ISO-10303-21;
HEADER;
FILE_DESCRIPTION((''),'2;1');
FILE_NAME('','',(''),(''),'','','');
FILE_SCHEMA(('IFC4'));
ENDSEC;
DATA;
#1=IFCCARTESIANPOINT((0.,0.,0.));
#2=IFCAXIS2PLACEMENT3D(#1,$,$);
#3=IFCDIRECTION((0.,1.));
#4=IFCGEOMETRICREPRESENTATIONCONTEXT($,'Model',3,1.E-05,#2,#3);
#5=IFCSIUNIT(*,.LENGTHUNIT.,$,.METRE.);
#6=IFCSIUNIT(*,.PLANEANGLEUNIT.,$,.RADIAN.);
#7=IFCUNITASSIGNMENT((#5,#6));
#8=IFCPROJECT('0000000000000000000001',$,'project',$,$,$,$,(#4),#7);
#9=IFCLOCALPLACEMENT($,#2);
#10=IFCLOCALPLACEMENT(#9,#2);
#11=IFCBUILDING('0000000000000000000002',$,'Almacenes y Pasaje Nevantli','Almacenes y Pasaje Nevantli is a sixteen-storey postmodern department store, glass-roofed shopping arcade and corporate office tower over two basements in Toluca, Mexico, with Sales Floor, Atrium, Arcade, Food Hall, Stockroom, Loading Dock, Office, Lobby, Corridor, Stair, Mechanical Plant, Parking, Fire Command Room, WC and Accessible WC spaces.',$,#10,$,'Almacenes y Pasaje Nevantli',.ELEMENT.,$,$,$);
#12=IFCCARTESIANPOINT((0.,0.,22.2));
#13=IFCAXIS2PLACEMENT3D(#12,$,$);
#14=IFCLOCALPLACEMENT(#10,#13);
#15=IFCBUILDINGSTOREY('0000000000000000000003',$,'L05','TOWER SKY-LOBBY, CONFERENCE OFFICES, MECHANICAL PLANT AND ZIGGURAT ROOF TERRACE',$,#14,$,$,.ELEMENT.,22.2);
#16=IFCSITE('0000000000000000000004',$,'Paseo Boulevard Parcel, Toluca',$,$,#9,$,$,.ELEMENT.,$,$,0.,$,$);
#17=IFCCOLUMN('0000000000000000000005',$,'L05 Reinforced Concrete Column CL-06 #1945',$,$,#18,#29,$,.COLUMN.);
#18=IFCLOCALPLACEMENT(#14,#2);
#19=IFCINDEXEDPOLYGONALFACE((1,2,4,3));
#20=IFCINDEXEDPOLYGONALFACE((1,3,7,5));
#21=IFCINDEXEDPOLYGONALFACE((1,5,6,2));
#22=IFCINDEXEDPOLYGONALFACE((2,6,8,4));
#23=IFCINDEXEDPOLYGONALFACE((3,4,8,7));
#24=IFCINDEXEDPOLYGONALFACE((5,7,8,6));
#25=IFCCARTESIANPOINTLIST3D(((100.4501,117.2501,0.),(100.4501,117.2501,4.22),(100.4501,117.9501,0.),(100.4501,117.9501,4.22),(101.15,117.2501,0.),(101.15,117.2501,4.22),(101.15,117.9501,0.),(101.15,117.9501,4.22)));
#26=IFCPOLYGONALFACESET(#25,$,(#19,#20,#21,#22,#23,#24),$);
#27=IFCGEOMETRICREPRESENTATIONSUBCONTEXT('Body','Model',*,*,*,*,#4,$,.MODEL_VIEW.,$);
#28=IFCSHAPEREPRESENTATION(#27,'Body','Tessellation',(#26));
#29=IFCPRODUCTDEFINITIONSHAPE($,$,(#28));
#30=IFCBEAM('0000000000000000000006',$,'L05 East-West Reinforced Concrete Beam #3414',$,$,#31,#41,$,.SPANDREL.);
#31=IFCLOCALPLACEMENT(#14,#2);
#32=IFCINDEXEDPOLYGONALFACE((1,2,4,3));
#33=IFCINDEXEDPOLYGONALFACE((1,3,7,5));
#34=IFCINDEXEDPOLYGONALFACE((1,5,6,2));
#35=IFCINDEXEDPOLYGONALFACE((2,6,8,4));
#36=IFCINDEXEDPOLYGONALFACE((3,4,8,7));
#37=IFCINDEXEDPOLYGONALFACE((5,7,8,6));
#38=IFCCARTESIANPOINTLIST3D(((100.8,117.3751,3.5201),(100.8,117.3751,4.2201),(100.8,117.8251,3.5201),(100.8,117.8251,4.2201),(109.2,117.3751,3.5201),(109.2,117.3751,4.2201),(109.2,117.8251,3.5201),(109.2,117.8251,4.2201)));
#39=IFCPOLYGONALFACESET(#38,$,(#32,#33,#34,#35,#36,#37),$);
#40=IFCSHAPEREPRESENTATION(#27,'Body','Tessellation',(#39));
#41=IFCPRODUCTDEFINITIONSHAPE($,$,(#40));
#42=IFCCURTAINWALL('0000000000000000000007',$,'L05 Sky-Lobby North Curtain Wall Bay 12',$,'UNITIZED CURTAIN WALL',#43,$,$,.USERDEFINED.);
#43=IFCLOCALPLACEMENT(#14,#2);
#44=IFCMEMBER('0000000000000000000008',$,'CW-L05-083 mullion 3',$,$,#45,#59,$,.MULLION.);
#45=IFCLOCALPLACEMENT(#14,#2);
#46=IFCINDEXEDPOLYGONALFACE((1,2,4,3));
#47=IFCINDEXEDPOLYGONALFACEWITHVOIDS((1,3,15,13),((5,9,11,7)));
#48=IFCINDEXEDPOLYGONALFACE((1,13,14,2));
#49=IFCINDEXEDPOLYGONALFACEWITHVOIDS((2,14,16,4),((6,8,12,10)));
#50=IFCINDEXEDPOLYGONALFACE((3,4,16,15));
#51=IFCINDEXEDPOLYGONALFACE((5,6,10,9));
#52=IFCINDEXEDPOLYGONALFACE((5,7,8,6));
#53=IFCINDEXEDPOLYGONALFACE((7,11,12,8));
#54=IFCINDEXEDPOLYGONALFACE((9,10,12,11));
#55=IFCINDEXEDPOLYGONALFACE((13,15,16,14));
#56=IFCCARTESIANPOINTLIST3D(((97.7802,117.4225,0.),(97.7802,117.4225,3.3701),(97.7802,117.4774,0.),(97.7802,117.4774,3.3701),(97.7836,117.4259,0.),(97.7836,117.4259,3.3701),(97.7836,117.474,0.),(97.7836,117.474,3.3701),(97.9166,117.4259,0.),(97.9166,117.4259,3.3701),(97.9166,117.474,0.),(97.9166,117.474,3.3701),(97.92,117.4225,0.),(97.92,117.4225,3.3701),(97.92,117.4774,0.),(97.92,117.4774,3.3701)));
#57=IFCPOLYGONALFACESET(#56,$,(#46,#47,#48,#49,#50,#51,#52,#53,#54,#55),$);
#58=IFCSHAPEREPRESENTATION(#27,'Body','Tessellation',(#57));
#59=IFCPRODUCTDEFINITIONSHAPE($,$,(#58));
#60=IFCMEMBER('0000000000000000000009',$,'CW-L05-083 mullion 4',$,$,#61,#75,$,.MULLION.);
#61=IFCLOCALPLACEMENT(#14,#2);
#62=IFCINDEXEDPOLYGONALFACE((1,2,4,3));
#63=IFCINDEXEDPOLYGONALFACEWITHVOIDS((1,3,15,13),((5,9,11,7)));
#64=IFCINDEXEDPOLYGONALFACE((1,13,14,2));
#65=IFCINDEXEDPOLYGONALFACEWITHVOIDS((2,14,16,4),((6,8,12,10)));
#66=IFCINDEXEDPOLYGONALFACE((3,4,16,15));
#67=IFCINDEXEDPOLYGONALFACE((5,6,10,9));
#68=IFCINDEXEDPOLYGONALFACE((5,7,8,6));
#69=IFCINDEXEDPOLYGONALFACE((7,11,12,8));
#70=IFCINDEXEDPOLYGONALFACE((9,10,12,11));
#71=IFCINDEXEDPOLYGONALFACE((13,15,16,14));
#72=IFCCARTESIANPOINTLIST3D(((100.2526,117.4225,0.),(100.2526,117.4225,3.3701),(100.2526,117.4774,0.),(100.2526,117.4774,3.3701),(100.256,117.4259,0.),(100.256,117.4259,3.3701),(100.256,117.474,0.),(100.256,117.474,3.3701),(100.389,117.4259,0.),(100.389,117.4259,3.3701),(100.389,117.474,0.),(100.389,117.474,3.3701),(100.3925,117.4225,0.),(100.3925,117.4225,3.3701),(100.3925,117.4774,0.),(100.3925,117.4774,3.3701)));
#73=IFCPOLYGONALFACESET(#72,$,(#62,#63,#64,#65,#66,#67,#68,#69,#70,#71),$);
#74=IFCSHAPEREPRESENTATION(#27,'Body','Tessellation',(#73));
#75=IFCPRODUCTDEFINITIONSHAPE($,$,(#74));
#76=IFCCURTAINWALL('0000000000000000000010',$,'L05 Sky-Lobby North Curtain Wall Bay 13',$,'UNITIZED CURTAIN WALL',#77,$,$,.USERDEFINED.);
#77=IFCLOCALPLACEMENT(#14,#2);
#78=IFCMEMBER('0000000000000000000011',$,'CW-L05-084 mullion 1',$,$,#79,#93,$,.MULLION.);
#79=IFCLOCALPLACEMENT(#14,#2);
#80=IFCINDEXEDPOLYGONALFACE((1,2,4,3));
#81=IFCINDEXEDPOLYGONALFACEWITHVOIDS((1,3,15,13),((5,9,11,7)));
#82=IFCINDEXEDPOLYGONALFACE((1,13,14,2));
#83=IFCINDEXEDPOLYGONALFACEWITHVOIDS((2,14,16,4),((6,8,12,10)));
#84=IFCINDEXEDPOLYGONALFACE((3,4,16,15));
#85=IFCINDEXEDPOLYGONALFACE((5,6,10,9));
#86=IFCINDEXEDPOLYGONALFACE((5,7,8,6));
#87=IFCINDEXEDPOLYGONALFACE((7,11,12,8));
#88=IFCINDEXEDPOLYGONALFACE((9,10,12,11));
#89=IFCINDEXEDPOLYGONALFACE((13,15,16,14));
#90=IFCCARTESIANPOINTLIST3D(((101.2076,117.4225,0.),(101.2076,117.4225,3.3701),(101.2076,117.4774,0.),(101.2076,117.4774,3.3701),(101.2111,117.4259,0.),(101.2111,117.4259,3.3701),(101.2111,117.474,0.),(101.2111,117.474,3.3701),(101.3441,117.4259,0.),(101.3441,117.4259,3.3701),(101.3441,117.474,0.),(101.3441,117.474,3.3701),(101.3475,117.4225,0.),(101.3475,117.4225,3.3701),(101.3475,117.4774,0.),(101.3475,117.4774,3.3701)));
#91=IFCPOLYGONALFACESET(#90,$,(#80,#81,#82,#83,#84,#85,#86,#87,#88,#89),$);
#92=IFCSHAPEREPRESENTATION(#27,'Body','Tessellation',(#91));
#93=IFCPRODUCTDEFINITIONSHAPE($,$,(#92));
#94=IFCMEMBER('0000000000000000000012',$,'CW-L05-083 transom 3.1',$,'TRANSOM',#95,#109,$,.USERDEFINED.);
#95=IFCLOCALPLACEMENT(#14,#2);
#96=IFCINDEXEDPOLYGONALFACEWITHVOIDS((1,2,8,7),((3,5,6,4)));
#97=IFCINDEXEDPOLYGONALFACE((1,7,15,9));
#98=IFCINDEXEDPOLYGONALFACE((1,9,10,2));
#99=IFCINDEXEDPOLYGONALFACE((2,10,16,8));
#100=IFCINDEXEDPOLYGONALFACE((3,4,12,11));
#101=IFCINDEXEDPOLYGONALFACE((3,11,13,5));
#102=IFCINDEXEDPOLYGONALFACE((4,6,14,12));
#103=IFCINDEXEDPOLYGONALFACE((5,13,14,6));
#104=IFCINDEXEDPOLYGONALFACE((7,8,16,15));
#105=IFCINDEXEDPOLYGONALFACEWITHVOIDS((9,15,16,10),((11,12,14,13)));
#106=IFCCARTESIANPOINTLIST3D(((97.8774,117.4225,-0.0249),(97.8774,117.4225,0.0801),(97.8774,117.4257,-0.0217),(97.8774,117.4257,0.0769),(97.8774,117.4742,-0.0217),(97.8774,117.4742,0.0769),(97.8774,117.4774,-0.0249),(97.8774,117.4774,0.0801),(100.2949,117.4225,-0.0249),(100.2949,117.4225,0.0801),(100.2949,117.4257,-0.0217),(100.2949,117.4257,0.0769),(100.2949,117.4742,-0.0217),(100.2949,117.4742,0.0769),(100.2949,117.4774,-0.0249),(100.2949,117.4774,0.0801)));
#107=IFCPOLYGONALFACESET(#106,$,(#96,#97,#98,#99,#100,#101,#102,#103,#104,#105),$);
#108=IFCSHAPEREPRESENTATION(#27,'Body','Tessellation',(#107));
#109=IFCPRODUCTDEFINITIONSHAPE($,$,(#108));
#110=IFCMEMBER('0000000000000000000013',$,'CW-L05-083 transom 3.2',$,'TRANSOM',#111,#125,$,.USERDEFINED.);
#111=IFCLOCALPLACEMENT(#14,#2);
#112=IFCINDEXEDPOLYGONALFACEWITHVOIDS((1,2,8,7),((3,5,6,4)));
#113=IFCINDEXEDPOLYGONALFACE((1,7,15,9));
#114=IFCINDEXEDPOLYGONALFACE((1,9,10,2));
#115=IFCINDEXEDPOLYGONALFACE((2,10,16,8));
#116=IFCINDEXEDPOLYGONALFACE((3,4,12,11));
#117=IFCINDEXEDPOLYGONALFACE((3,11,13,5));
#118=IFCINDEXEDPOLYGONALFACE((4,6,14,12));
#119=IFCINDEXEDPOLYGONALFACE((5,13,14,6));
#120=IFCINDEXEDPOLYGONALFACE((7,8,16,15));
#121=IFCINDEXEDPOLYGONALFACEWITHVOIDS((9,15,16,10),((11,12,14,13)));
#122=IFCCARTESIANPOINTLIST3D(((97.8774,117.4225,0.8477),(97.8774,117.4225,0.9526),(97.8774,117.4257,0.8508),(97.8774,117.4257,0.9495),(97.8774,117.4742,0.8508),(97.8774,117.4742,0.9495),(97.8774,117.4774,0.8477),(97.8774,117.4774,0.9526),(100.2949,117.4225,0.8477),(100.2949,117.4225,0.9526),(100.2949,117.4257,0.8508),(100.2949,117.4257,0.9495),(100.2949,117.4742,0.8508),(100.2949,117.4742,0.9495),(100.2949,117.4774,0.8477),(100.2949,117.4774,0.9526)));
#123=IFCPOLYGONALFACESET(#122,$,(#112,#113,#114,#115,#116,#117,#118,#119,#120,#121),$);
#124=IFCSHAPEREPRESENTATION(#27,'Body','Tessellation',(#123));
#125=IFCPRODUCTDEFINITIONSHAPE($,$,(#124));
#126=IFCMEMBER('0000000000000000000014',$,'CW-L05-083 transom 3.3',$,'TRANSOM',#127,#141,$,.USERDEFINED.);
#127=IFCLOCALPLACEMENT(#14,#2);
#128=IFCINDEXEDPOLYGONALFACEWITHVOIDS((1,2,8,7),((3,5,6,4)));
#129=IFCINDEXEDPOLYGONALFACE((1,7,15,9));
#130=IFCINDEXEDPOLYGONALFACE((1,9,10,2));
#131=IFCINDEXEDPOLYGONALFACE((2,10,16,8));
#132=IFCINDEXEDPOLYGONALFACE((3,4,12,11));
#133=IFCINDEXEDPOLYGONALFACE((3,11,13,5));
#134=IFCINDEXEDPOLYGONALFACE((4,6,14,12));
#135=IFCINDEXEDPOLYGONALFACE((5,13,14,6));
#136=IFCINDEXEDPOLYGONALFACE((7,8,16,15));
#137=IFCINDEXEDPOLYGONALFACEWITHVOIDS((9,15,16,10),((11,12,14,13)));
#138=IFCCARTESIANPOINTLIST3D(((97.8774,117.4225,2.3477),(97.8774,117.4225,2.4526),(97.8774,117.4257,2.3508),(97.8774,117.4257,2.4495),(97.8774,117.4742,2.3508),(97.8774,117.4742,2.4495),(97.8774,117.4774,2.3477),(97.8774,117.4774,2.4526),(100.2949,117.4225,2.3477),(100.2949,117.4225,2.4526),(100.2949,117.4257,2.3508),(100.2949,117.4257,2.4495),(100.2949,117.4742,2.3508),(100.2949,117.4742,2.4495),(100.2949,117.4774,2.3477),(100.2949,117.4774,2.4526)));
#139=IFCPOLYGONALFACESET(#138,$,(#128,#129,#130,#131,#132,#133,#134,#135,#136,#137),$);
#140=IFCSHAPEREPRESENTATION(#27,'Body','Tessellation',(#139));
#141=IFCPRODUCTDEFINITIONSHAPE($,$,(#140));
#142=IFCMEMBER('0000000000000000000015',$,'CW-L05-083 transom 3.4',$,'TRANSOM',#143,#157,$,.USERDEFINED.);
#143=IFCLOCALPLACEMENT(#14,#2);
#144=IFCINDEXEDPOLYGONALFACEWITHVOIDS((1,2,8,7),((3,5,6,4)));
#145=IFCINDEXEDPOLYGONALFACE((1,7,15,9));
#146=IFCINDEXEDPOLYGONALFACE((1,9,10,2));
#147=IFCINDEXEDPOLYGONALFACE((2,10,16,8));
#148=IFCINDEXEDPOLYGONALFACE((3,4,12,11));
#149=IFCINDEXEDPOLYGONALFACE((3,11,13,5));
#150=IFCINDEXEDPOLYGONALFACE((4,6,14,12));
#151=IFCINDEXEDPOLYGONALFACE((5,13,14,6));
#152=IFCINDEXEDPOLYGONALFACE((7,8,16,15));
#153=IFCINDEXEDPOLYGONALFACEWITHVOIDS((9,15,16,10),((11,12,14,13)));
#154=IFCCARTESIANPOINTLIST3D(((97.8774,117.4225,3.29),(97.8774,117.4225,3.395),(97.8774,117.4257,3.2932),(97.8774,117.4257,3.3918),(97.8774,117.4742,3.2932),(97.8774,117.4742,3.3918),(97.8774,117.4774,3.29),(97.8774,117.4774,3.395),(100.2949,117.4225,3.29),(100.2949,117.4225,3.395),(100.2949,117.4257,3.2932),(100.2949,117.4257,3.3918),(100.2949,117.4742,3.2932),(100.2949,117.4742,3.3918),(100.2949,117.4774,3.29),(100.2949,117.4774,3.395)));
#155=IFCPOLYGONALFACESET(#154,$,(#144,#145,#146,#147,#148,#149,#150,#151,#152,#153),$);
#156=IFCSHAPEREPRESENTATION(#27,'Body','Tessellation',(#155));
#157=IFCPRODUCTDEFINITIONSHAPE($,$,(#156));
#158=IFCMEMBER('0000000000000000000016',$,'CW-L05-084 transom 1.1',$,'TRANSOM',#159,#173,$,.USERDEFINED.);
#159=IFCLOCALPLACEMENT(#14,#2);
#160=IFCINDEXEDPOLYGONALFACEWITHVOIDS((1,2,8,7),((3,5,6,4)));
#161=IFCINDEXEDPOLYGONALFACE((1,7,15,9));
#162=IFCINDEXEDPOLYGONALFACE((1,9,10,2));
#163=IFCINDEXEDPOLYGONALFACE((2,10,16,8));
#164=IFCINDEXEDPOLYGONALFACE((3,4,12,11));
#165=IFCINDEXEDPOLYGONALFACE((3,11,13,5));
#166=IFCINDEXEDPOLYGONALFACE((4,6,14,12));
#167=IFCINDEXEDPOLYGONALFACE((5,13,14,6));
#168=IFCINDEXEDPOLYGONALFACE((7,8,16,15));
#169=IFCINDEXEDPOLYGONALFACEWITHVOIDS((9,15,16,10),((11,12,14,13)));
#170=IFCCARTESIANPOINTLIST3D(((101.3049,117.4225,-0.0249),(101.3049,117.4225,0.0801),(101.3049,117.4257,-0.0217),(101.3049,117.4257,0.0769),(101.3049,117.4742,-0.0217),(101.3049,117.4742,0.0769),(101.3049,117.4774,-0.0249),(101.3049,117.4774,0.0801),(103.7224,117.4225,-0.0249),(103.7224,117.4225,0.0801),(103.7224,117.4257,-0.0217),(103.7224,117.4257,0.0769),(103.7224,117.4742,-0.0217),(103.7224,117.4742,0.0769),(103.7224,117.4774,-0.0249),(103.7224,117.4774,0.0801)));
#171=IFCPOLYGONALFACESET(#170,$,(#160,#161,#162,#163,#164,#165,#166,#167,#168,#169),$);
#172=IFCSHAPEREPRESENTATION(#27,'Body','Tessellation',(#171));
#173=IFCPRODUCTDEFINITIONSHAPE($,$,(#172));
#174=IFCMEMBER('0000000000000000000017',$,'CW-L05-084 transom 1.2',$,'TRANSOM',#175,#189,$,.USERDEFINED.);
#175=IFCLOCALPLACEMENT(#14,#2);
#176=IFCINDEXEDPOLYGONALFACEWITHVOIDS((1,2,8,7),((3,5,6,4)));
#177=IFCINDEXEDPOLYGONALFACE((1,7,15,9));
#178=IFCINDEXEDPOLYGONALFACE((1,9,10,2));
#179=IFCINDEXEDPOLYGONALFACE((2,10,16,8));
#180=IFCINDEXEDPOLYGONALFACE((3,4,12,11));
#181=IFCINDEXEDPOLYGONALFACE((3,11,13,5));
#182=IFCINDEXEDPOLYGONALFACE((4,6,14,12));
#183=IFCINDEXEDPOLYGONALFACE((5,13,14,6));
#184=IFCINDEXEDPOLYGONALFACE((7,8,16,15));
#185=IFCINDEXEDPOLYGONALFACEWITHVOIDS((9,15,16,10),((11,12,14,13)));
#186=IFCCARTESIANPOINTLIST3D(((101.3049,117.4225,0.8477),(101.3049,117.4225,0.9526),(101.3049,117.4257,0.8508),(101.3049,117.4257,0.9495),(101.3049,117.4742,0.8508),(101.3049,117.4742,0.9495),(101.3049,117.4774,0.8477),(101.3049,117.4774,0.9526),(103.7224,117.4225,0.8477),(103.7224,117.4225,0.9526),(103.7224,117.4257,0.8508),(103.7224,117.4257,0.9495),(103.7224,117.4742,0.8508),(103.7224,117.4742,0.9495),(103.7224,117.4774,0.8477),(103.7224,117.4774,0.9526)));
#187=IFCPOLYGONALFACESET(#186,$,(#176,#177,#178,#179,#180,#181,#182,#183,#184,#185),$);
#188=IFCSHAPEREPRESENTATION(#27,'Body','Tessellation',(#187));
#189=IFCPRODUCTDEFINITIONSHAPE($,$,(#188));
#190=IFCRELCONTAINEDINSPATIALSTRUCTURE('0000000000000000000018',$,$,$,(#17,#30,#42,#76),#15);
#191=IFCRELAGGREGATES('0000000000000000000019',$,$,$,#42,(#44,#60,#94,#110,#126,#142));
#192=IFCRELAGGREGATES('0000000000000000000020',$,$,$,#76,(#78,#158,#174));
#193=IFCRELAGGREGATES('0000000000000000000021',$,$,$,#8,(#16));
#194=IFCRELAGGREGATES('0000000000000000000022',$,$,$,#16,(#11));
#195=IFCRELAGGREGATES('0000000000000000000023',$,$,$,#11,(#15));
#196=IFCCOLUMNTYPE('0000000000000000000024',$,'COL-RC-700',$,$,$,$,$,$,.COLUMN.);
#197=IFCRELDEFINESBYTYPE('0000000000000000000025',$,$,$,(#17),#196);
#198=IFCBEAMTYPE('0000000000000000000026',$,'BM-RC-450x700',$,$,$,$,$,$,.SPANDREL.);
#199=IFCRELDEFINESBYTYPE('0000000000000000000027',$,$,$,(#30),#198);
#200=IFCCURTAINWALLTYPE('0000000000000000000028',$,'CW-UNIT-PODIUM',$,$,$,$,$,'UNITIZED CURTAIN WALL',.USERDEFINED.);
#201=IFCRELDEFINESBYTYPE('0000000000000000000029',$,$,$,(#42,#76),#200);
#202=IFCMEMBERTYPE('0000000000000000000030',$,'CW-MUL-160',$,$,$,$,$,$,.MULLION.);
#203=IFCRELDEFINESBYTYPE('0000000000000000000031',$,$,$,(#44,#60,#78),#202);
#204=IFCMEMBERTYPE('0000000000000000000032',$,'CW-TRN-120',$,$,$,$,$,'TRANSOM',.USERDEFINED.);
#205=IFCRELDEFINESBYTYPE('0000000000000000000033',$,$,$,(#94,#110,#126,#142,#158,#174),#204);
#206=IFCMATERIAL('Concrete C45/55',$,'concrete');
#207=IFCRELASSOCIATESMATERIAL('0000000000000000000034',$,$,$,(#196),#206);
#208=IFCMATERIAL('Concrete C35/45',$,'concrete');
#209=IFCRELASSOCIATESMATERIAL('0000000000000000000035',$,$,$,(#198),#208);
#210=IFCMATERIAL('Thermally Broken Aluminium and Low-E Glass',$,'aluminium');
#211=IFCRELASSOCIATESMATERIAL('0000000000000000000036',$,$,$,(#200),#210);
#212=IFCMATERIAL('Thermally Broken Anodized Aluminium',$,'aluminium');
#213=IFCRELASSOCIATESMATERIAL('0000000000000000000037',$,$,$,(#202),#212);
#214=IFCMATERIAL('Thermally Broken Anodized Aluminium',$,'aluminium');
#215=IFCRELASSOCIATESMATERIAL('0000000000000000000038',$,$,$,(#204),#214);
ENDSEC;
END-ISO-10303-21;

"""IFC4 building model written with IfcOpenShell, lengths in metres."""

from ifc_helpers import new_model, si_unit, direction, frame, origin, origin_2d, place, context, subcontext, project, spatial, rectangle, hollow_rectangle, extrude, material, material_profile, profile_set, type_object, element, aggregate, save


model = new_model("IFC4")

# Units and contexts
model_context = context("Model", 3, precision=1e-05, world=origin(), true_north=direction((0.0, 1.0)))
body_context = subcontext(model_context, "Body", "Model", "MODEL_VIEW")
ifc_project = project(units=[si_unit("LENGTHUNIT", "METRE"), si_unit("PLANEANGLEUNIT", "RADIAN")], contexts=[model_context])

# Site, building, storey
site_placement = place(None, origin())
site = spatial("IfcSite", under=ifc_project, at=site_placement, Name="Paseo Boulevard Parcel, Toluca", CompositionType="ELEMENT", RefElevation=0.0)
building_placement = place(site_placement, origin())
building = spatial("IfcBuilding", under=site, at=building_placement, Name="Almacenes y Pasaje Nevantli", Description="Almacenes y Pasaje Nevantli is a sixteen-storey postmodern department store, glass-roofed shopping arcade and corporate office tower over two basements in Toluca, Mexico, with Sales Floor, Atrium, Arcade, Food Hall, Stockroom, Loading Dock, Office, Lobby, Corridor, Stair, Mechanical Plant, Parking, Fire Command Room, WC and Accessible WC spaces.", LongName="Almacenes y Pasaje Nevantli", CompositionType="ELEMENT")
storey_placement = place(building_placement, frame((0.0, 0.0, 22.2)))
storey = spatial("IfcBuildingStorey", under=building, at=storey_placement, Name="L05", Description="TOWER SKY-LOBBY, CONFERENCE OFFICES, MECHANICAL PLANT AND ZIGGURAT ROOF TERRACE", CompositionType="ELEMENT", Elevation=22.2)

# Column
ifc_material_1 = material(Name="Concrete C45/55", Category="concrete")
ifc_material_profile_1 = material_profile(ifc_material_1, rectangle(XDim=0.7, YDim=0.7, at=origin_2d()), Name="RC-COL-700x700")
ifc_profile_set_1 = profile_set([ifc_material_profile_1], Name="Concrete C45/55")
column_type = type_object("IfcColumnType", Name="COL-RC-700", PredefinedType="COLUMN", material=ifc_profile_set_1)
column_placement = place(storey_placement, frame((100.8, 117.6001, 0.0), z_axis=(0.0, 0.0, 1.0), x_axis=(1.0, 0.0, 0.0)))
element("IfcColumn", 1, at=column_placement, inside=storey, type_object=column_type, Name="L05 Reinforced Concrete Column CL-06 #1945", PredefinedType="COLUMN", context=body_context, shape_type="SweptSolid", body=[
    extrude(rectangle(XDim=0.7, YDim=0.7, at=origin_2d()), origin(), (0.0, 0.0, 1.0), 4.22),
])

# Beam
ifc_material_2 = material(Name="Concrete C35/45", Category="concrete")
ifc_material_profile_2 = material_profile(ifc_material_2, rectangle(XDim=0.45, YDim=0.7, at=origin_2d()), Name="RC-BM-450x700")
ifc_profile_set_2 = profile_set([ifc_material_profile_2], Name="Concrete C35/45")
beam_type = type_object("IfcBeamType", Name="BM-RC-450x700", PredefinedType="SPANDREL", material=ifc_profile_set_2)
beam_placement = place(storey_placement, frame((100.8, 117.6001, 3.8701), z_axis=(1.0, 0.0, 0.0), x_axis=(0.0, 1.0, 0.0)))
element("IfcBeam", 2, at=beam_placement, inside=storey, type_object=beam_type, Name="L05 East-West Reinforced Concrete Beam #3414", PredefinedType="SPANDREL", context=body_context, shape_type="SweptSolid", body=[
    extrude(rectangle(XDim=0.45, YDim=0.7, at=origin_2d()), origin(), (0.0, 0.0, 1.0), 8.3999),
])

# Curtain wall, members
ifc_material_3 = material(Name="Thermally Broken Aluminium and Low-E Glass", Category="aluminium")
curtain_wall_type = type_object("IfcCurtainWallType", Name="CW-UNIT-PODIUM", ElementType="UNITIZED CURTAIN WALL", PredefinedType="USERDEFINED", material=ifc_material_3)
curtain_wall_1_placement = place(storey_placement, origin())
curtain_wall_1 = element("IfcCurtainWall", 3, at=curtain_wall_1_placement, inside=storey, type_object=curtain_wall_type, Name="L05 Sky-Lobby North Curtain Wall Bay 12", ObjectType="UNITIZED CURTAIN WALL", PredefinedType="USERDEFINED")
ifc_material_4 = material(Name="Thermally Broken Anodized Aluminium", Category="aluminium")
ifc_material_profile_3 = material_profile(ifc_material_4, hollow_rectangle(XDim=0.0549, YDim=0.1399, WallThickness=0.0034, at=origin_2d()), Name="ALU-MUL-55x140")
ifc_profile_set_3 = profile_set([ifc_material_profile_3], Name="Thermally Broken Anodized Aluminium")
member_type_1 = type_object("IfcMemberType", Name="CW-MUL-160", PredefinedType="MULLION", material=ifc_profile_set_3)
member_1_placement = place(storey_placement, frame((97.8501, 117.45, 0.0), z_axis=(0.0, 0.0, 1.0), x_axis=(0.0, 1.0, 0.0)))
member_1 = element("IfcMember", 4, at=member_1_placement, type_object=member_type_1, Name="CW-L05-083 mullion 3", PredefinedType="MULLION", context=body_context, shape_type="SweptSolid", body=[
    extrude(hollow_rectangle(XDim=0.0549, YDim=0.1399, WallThickness=0.0034, at=origin_2d()), origin(), (0.0, 0.0, 1.0), 3.3701),
])
member_2_placement = place(storey_placement, frame((100.3225, 117.45, 0.0), z_axis=(0.0, 0.0, 1.0), x_axis=(0.0, 1.0, 0.0)))
member_2 = element("IfcMember", 5, at=member_2_placement, type_object=member_type_1, Name="CW-L05-083 mullion 4", PredefinedType="MULLION", context=body_context, shape_type="SweptSolid", body=[
    extrude(hollow_rectangle(XDim=0.0549, YDim=0.1399, WallThickness=0.0034, at=origin_2d()), origin(), (0.0, 0.0, 1.0), 3.3701),
])

# Curtain wall, member
curtain_wall_2_placement = place(storey_placement, origin())
curtain_wall_2 = element("IfcCurtainWall", 6, at=curtain_wall_2_placement, inside=storey, type_object=curtain_wall_type, Name="L05 Sky-Lobby North Curtain Wall Bay 13", ObjectType="UNITIZED CURTAIN WALL", PredefinedType="USERDEFINED")
member_3_placement = place(storey_placement, frame((101.2776, 117.45, 0.0), z_axis=(0.0, 0.0, 1.0), x_axis=(0.0, 1.0, 0.0)))
member_3 = element("IfcMember", 7, at=member_3_placement, type_object=member_type_1, Name="CW-L05-084 mullion 1", PredefinedType="MULLION", context=body_context, shape_type="SweptSolid", body=[
    extrude(hollow_rectangle(XDim=0.0549, YDim=0.1399, WallThickness=0.0034, at=origin_2d()), origin(), (0.0, 0.0, 1.0), 3.3701),
])

# Members
ifc_material_5 = material(Name="Thermally Broken Anodized Aluminium", Category="aluminium")
ifc_material_profile_4 = material_profile(ifc_material_5, hollow_rectangle(XDim=0.0549, YDim=0.105, WallThickness=0.0032, at=origin_2d()), Name="ALU-TRN-55x105")
ifc_profile_set_4 = profile_set([ifc_material_profile_4], Name="Thermally Broken Anodized Aluminium")
member_type_2 = type_object("IfcMemberType", Name="CW-TRN-120", ElementType="TRANSOM", PredefinedType="USERDEFINED", material=ifc_profile_set_4)
member_4_placement = place(storey_placement, frame((97.8774, 117.45, 0.0276), z_axis=(1.0, 0.0, 0.0), x_axis=(0.0, 1.0, 0.0)))
member_4 = element("IfcMember", 8, at=member_4_placement, type_object=member_type_2, Name="CW-L05-083 transom 3.1", ObjectType="TRANSOM", PredefinedType="USERDEFINED", context=body_context, shape_type="SweptSolid", body=[
    extrude(hollow_rectangle(XDim=0.0549, YDim=0.105, WallThickness=0.0032, at=origin_2d()), origin(), (0.0, 0.0, 1.0), 2.4175),
])
member_5_placement = place(storey_placement, frame((97.8774, 117.45, 0.9001), z_axis=(1.0, 0.0, 0.0), x_axis=(0.0, 1.0, 0.0)))
member_5 = element("IfcMember", 9, at=member_5_placement, type_object=member_type_2, Name="CW-L05-083 transom 3.2", ObjectType="TRANSOM", PredefinedType="USERDEFINED", context=body_context, shape_type="SweptSolid", body=[
    extrude(hollow_rectangle(XDim=0.0549, YDim=0.105, WallThickness=0.0032, at=origin_2d()), origin(), (0.0, 0.0, 1.0), 2.4175),
])
member_6_placement = place(storey_placement, frame((97.8774, 117.45, 2.4001), z_axis=(1.0, 0.0, 0.0), x_axis=(0.0, 1.0, 0.0)))
member_6 = element("IfcMember", 10, at=member_6_placement, type_object=member_type_2, Name="CW-L05-083 transom 3.3", ObjectType="TRANSOM", PredefinedType="USERDEFINED", context=body_context, shape_type="SweptSolid", body=[
    extrude(hollow_rectangle(XDim=0.0549, YDim=0.105, WallThickness=0.0032, at=origin_2d()), origin(), (0.0, 0.0, 1.0), 2.4175),
])
member_7_placement = place(storey_placement, frame((97.8774, 117.45, 3.3425), z_axis=(1.0, 0.0, 0.0), x_axis=(0.0, 1.0, 0.0)))
member_7 = element("IfcMember", 11, at=member_7_placement, type_object=member_type_2, Name="CW-L05-083 transom 3.4", ObjectType="TRANSOM", PredefinedType="USERDEFINED", context=body_context, shape_type="SweptSolid", body=[
    extrude(hollow_rectangle(XDim=0.0549, YDim=0.105, WallThickness=0.0032, at=origin_2d()), origin(), (0.0, 0.0, 1.0), 2.4175),
])
member_8_placement = place(storey_placement, frame((101.3049, 117.45, 0.0276), z_axis=(1.0, 0.0, 0.0), x_axis=(0.0, 1.0, 0.0)))
member_8 = element("IfcMember", 12, at=member_8_placement, type_object=member_type_2, Name="CW-L05-084 transom 1.1", ObjectType="TRANSOM", PredefinedType="USERDEFINED", context=body_context, shape_type="SweptSolid", body=[
    extrude(hollow_rectangle(XDim=0.0549, YDim=0.105, WallThickness=0.0032, at=origin_2d()), origin(), (0.0, 0.0, 1.0), 2.4175),
])
member_9_placement = place(storey_placement, frame((101.3049, 117.45, 0.9001), z_axis=(1.0, 0.0, 0.0), x_axis=(0.0, 1.0, 0.0)))
member_9 = element("IfcMember", 13, at=member_9_placement, type_object=member_type_2, Name="CW-L05-084 transom 1.2", ObjectType="TRANSOM", PredefinedType="USERDEFINED", context=body_context, shape_type="SweptSolid", body=[
    extrude(hollow_rectangle(XDim=0.0549, YDim=0.105, WallThickness=0.0032, at=origin_2d()), origin(), (0.0, 0.0, 1.0), 2.4175),
])

aggregate(curtain_wall_1, [member_1, member_2, member_4, member_5, member_6, member_7])
aggregate(curtain_wall_2, [member_3, member_8, member_9])

save(model, "model.ifc")
